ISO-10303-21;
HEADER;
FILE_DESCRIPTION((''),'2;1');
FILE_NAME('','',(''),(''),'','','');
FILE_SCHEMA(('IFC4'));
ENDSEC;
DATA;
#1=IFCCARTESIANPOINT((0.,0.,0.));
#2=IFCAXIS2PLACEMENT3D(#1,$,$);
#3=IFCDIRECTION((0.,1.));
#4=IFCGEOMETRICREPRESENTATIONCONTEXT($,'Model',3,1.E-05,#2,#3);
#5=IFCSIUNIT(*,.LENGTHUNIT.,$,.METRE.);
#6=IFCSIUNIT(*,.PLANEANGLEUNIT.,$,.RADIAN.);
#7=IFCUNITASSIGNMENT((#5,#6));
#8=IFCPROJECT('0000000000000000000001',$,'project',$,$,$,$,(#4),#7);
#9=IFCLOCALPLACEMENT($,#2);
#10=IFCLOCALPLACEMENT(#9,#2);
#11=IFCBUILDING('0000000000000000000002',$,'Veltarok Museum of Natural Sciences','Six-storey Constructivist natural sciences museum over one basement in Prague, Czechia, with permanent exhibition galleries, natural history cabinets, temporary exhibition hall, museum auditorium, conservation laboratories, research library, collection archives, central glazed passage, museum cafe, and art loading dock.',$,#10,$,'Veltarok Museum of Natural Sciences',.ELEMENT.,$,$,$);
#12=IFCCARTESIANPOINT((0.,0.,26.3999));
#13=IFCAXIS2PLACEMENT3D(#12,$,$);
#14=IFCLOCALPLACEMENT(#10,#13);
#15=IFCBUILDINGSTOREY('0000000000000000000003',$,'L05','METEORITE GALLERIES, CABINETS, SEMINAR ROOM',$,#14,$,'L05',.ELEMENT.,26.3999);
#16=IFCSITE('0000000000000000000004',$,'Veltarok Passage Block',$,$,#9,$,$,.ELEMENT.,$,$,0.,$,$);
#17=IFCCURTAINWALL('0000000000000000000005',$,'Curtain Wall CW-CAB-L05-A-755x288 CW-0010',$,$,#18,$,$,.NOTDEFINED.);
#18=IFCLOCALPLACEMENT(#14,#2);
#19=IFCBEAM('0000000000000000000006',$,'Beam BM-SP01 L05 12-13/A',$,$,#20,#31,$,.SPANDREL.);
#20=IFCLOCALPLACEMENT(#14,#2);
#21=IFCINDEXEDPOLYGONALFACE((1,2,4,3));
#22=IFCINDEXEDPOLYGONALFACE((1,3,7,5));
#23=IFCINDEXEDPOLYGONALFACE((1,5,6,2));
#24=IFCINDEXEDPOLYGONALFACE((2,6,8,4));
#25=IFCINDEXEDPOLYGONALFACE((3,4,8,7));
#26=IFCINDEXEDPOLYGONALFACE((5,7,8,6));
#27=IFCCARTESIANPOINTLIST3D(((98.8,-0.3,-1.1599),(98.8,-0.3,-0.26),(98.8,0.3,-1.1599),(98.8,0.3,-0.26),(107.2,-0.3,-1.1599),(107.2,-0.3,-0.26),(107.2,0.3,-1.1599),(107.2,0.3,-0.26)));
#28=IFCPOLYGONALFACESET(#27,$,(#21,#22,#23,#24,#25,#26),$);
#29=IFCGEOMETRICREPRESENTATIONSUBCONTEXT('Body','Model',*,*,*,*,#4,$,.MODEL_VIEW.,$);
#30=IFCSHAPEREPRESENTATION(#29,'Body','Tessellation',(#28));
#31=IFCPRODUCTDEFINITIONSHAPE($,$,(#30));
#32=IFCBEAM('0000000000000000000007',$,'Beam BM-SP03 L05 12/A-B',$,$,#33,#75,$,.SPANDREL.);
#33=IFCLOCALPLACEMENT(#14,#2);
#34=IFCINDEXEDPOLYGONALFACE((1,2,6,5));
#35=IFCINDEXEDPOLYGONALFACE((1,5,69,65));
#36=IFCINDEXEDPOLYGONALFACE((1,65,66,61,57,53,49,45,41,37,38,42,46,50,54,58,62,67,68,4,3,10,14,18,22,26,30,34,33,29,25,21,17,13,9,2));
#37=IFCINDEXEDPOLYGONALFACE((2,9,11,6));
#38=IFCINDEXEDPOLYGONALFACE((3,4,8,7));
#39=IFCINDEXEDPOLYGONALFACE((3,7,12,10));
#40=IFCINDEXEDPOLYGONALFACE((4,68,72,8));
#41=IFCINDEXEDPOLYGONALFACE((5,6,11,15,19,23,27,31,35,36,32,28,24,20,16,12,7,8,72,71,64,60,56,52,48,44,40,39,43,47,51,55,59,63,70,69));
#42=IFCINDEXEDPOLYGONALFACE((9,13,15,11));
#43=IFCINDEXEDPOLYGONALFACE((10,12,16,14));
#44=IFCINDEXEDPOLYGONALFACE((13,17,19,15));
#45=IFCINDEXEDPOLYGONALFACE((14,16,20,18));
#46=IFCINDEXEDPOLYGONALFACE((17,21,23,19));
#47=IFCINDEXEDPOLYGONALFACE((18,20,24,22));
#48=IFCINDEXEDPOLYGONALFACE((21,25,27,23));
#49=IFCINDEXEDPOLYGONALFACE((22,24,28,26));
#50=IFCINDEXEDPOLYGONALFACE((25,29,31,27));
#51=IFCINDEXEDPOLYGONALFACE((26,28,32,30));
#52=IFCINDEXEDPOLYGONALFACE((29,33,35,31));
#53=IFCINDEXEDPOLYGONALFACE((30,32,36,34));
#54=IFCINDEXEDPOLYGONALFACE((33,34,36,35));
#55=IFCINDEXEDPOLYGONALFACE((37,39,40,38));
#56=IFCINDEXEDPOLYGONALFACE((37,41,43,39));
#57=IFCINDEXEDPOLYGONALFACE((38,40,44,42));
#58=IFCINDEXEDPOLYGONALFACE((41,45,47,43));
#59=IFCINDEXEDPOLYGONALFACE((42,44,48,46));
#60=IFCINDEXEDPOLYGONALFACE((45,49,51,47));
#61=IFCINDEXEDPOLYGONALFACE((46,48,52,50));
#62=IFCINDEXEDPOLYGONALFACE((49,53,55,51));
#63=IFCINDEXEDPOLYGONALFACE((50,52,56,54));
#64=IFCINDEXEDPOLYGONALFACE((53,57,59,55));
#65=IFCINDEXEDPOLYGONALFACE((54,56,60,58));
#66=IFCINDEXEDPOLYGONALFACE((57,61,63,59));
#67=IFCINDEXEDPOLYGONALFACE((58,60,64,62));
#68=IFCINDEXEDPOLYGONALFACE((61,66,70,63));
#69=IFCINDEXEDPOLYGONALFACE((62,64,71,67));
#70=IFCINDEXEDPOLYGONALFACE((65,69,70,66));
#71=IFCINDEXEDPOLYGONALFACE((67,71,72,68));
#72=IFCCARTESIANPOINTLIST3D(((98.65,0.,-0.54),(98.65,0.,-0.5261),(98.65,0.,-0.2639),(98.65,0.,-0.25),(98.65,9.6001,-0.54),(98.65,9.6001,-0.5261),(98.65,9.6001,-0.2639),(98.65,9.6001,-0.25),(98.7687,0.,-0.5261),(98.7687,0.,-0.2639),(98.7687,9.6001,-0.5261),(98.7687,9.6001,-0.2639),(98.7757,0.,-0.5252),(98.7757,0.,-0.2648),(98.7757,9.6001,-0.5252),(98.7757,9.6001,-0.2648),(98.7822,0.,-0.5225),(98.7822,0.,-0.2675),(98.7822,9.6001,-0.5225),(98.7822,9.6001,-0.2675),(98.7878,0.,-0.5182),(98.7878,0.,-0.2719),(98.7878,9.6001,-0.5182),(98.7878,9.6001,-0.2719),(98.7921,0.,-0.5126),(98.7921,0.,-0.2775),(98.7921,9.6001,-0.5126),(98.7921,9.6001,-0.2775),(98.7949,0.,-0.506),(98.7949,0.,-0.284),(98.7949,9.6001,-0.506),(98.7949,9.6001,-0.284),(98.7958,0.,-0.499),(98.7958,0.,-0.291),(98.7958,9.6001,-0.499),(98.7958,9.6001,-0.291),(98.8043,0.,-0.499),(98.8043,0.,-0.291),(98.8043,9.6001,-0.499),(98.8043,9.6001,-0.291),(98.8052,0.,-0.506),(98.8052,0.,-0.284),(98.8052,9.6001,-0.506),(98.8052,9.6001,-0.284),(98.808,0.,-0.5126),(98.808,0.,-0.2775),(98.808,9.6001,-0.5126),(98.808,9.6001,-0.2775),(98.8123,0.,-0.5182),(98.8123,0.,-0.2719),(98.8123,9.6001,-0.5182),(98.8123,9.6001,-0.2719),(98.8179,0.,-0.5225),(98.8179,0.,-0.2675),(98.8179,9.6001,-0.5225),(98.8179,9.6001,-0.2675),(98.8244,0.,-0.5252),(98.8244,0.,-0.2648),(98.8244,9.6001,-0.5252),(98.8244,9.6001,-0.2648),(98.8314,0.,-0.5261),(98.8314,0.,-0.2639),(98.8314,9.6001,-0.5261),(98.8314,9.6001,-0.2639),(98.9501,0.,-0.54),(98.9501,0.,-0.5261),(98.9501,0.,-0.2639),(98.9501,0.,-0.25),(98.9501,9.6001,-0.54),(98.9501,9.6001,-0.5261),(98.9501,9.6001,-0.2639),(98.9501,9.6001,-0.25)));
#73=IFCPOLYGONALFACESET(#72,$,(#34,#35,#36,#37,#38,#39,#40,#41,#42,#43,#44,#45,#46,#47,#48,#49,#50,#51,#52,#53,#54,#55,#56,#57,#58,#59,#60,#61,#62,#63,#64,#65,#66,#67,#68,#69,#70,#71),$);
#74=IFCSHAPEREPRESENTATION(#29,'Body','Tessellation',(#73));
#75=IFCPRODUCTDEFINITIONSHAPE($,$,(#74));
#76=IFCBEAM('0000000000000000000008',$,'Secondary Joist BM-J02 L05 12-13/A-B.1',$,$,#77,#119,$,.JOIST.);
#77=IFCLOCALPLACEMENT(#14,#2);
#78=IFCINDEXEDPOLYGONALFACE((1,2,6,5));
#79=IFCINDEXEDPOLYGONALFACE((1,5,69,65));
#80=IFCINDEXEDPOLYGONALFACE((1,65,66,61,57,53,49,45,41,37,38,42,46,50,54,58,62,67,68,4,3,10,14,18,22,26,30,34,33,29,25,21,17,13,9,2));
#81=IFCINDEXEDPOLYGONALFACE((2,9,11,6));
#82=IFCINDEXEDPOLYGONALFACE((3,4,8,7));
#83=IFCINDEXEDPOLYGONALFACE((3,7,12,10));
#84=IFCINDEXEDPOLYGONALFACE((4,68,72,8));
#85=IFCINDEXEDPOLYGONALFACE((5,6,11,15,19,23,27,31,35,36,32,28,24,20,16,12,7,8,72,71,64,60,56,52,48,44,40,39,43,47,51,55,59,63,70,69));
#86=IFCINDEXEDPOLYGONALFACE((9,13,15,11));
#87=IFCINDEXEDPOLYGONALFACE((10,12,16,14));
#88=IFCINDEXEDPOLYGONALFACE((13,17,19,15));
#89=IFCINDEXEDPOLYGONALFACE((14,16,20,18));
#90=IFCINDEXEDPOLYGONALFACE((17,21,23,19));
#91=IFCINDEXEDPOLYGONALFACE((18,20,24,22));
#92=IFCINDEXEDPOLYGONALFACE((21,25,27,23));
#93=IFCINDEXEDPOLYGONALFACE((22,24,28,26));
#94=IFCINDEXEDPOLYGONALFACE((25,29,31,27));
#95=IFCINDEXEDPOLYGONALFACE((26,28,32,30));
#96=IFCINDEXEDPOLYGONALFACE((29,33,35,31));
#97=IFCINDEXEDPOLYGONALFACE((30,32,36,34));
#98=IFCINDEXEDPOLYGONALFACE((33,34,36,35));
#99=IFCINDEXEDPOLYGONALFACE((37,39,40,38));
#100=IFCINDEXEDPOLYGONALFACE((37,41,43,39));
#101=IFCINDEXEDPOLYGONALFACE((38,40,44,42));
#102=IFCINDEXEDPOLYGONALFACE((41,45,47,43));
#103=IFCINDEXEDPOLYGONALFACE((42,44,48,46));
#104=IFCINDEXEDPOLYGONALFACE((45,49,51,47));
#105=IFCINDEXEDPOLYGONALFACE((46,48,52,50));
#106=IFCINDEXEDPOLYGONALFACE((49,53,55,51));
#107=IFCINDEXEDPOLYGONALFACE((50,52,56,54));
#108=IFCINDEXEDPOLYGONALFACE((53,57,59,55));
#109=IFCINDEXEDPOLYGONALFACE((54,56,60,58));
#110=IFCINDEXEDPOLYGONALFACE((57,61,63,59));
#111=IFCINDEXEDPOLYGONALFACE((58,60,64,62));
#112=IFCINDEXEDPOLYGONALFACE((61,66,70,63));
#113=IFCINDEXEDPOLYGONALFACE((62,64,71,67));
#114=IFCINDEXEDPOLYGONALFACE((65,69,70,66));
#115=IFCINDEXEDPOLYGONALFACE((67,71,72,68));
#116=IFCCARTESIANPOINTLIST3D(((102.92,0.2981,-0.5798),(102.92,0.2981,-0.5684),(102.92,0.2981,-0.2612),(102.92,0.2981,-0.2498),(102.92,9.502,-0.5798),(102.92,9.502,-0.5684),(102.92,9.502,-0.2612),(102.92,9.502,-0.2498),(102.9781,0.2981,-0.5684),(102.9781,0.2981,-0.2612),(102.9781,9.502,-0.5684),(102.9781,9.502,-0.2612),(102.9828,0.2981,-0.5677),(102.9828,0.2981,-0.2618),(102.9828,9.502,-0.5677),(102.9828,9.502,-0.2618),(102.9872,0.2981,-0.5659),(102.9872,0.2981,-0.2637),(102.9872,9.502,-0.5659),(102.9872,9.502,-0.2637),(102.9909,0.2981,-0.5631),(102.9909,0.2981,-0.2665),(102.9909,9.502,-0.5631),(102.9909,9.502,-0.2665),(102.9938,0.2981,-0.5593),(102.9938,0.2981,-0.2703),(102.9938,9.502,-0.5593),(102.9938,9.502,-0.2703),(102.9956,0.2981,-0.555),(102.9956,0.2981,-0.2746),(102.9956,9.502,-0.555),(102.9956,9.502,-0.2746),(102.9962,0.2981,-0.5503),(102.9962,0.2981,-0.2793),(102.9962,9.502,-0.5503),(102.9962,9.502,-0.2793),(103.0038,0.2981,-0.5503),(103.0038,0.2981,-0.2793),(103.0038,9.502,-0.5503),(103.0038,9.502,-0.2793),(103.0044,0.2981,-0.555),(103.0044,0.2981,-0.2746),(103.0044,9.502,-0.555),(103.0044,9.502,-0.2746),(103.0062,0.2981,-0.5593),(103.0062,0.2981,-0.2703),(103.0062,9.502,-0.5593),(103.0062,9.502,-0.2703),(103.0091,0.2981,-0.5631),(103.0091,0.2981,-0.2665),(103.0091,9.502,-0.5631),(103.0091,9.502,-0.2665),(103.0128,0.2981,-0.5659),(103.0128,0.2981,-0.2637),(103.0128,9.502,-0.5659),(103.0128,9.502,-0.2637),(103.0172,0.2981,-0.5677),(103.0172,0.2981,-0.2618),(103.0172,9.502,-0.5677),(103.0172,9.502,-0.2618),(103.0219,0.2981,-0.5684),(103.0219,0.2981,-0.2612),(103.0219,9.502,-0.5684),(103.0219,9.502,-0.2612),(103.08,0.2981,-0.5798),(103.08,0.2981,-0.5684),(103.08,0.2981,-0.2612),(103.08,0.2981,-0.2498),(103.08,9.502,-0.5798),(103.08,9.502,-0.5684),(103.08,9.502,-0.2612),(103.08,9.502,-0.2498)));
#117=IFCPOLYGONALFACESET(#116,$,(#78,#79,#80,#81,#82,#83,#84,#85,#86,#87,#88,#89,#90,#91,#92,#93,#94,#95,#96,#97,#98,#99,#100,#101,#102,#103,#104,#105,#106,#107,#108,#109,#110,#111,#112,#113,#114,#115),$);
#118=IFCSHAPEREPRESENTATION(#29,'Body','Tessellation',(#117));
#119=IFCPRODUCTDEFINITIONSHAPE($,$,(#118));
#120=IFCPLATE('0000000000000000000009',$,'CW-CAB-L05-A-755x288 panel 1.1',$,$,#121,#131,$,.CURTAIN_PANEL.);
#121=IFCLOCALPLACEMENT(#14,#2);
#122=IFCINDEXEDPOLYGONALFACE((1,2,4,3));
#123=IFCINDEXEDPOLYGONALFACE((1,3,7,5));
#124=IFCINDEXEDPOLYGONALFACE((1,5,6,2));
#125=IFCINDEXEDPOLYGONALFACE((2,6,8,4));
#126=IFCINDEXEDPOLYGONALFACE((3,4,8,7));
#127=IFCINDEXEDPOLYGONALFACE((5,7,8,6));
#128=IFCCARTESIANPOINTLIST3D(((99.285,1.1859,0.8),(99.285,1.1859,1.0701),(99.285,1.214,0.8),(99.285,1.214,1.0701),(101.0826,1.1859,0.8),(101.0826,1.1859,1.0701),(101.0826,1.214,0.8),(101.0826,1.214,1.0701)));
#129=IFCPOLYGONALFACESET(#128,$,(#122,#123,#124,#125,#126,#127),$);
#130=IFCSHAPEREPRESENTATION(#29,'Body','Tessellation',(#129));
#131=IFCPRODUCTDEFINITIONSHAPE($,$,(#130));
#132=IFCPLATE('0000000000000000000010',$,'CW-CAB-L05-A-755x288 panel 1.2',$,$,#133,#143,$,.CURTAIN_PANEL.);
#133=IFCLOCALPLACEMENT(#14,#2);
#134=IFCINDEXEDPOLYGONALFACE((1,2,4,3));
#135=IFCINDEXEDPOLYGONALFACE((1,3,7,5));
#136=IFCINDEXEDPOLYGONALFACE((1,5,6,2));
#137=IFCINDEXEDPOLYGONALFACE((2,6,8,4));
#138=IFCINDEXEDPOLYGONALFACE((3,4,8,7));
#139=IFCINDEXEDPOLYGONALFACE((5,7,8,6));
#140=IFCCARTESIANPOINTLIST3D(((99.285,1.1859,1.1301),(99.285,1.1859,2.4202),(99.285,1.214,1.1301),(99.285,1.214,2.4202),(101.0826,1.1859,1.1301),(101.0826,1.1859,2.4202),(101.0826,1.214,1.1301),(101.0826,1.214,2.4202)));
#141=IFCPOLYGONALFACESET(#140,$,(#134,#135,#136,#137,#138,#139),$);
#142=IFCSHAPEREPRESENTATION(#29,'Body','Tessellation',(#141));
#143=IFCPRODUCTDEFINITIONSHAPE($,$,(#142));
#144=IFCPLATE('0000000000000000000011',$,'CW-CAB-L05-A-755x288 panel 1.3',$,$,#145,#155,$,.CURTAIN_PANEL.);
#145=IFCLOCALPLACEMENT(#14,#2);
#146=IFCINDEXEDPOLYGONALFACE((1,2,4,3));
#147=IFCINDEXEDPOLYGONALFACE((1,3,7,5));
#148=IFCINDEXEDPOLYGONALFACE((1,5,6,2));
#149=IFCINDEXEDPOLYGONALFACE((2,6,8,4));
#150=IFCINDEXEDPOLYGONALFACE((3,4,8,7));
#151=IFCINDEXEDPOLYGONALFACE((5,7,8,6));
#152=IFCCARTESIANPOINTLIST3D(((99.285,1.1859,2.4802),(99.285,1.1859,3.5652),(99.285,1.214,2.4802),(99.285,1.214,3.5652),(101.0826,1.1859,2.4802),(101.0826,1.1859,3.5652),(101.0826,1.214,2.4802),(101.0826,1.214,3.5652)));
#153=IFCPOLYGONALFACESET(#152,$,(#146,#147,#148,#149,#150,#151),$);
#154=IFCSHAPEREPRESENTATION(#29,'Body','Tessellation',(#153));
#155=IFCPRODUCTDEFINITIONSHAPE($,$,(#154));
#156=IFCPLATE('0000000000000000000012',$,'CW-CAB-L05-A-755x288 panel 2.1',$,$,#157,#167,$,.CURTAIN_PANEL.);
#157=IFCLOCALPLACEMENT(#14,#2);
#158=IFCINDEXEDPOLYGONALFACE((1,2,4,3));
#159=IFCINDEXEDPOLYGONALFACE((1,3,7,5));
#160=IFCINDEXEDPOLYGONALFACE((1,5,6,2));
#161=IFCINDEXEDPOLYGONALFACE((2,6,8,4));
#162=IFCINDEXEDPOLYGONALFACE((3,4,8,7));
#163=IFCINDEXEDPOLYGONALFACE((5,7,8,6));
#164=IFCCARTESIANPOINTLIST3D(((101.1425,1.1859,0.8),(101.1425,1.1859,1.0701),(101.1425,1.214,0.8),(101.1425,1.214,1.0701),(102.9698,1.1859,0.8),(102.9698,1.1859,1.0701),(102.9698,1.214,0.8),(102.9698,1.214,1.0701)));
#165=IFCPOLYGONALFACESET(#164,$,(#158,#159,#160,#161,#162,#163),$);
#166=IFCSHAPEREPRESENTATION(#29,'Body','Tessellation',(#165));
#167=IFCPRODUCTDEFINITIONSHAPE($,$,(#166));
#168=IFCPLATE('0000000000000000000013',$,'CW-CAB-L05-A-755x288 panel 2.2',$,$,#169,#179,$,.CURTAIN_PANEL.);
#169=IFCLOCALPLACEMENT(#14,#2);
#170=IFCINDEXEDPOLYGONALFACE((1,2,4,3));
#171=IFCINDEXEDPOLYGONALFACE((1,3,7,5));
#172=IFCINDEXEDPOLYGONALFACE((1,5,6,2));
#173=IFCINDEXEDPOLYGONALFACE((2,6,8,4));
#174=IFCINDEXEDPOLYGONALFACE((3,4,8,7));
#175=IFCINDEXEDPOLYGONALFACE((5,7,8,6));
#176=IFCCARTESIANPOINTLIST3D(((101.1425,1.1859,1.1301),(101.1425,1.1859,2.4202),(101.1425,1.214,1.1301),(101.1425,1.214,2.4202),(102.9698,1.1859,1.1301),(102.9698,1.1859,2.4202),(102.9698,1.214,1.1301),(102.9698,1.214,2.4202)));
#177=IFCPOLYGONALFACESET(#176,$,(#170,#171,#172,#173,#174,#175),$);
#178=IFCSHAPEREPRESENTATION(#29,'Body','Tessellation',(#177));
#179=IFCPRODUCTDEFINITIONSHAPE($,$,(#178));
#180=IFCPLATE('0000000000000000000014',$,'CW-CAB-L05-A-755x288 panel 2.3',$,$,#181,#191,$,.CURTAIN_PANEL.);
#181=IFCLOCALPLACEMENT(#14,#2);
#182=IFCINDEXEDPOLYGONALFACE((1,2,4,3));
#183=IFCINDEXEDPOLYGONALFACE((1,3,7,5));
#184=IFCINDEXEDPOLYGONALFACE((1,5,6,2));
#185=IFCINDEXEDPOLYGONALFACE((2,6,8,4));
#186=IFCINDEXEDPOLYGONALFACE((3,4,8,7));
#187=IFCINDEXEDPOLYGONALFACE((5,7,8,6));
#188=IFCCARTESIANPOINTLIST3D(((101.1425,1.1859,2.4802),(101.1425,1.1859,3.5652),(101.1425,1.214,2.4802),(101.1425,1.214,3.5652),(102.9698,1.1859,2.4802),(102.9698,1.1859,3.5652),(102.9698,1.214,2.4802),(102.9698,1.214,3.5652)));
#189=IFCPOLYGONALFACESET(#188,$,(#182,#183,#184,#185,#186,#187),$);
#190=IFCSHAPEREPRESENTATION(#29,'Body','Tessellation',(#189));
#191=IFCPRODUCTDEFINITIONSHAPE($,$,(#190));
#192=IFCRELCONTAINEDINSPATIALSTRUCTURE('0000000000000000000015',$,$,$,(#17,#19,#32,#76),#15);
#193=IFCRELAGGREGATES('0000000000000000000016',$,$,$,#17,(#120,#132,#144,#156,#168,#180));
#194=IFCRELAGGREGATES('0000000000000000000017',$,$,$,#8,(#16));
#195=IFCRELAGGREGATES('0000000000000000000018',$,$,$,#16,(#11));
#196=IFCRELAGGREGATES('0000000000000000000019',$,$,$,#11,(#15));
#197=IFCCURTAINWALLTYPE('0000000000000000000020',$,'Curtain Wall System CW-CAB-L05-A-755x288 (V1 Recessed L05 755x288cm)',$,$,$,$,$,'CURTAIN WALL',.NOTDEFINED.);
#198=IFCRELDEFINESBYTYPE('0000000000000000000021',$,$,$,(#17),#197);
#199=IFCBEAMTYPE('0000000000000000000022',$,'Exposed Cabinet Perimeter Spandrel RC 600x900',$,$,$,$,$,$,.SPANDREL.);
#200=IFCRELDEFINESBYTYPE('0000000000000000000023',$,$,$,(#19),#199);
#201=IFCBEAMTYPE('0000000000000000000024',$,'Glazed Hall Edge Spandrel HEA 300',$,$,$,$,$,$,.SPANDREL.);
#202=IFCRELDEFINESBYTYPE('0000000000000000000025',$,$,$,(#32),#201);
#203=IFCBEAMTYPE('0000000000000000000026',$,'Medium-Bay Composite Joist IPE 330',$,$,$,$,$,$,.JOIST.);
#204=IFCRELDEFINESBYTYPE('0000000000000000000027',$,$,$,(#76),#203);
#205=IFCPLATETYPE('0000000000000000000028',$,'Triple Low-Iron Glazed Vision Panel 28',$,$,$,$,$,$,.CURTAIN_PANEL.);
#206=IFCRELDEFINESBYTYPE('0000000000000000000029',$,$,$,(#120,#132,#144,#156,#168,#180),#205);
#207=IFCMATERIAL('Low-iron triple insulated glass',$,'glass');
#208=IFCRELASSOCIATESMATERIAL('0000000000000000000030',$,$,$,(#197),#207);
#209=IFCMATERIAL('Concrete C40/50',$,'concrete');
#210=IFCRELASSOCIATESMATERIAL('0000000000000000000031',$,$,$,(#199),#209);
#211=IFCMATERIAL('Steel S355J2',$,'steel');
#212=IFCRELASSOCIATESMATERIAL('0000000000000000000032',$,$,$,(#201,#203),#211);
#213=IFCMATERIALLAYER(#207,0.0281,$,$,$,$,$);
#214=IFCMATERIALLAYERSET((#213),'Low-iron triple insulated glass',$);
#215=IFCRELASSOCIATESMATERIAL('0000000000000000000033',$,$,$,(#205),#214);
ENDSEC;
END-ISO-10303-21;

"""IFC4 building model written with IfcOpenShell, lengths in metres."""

from ifc_helpers import new_model, si_unit, direction, frame, origin, origin_2d, place, context, subcontext, project, spatial, rectangle, i_section, extrude, material, layer, layer_set, material_profile, profile_set, type_object, element, aggregate, save


model = new_model("IFC4")

# Units and contexts
model_context = context("Model", 3, precision=1e-05, world=origin(), true_north=direction((0.0, 1.0)))
body_context = subcontext(model_context, "Body", "Model", "MODEL_VIEW")
ifc_project = project(units=[si_unit("LENGTHUNIT", "METRE"), si_unit("PLANEANGLEUNIT", "RADIAN")], contexts=[model_context])

# Site, building, storey
site_placement = place(None, origin())
site = spatial("IfcSite", under=ifc_project, at=site_placement, Name="Veltarok Passage Block", CompositionType="ELEMENT", RefElevation=0.0)
building_placement = place(site_placement, origin())
building = spatial("IfcBuilding", under=site, at=building_placement, Name="Veltarok Museum of Natural Sciences", Description="Six-storey Constructivist natural sciences museum over one basement in Prague, Czechia, with permanent exhibition galleries, natural history cabinets, temporary exhibition hall, museum auditorium, conservation laboratories, research library, collection archives, central glazed passage, museum cafe, and art loading dock.", LongName="Veltarok Museum of Natural Sciences", CompositionType="ELEMENT")
storey_placement = place(building_placement, frame((0.0, 0.0, 26.3999)))
storey = spatial("IfcBuildingStorey", under=building, at=storey_placement, Name="L05", Description="METEORITE GALLERIES, CABINETS, SEMINAR ROOM", LongName="L05", CompositionType="ELEMENT", Elevation=26.3999)

# Shared definitions
ifc_material_1 = material(Name="Concrete C40/50", Category="concrete")

# Curtain wall
ifc_material_2 = material(Name="Low-iron triple insulated glass", Category="glass")
curtain_wall_type = type_object("IfcCurtainWallType", Name="Curtain Wall System CW-CAB-L05-A-755x288 (V1 Recessed L05 755x288cm)", ElementType="CURTAIN WALL", PredefinedType="NOTDEFINED", material=ifc_material_2)
curtain_wall_placement = place(storey_placement, origin())
curtain_wall = element("IfcCurtainWall", 1, at=curtain_wall_placement, inside=storey, type_object=curtain_wall_type, Name="Curtain Wall CW-CAB-L05-A-755x288 CW-0010", PredefinedType="NOTDEFINED")

# Beams
ifc_material_profile_1 = material_profile(ifc_material_1, rectangle(XDim=0.6001, YDim=0.8999, at=origin_2d()), Name="RC 600x900")
ifc_profile_set_1 = profile_set([ifc_material_profile_1], Name="Concrete C40/50")
beam_type_1 = type_object("IfcBeamType", Name="Exposed Cabinet Perimeter Spandrel RC 600x900", PredefinedType="SPANDREL", material=ifc_profile_set_1)
beam_1_placement = place(storey_placement, frame((98.8, 0.0, -0.71), z_axis=(1.0, 0.0, 0.0), x_axis=(0.0, 1.0, 0.0)))
element("IfcBeam", 2, at=beam_1_placement, inside=storey, type_object=beam_type_1, Name="Beam BM-SP01 L05 12-13/A", PredefinedType="SPANDREL", context=body_context, shape_type="SweptSolid", body=[
    extrude(rectangle(XDim=0.6001, YDim=0.8999, at=origin_2d()), origin(), (0.0, 0.0, 1.0), 8.3999),
])
ifc_material_3 = material(Name="Steel S355J2", Category="steel")
ifc_material_profile_2 = material_profile(ifc_material_3, i_section(OverallWidth=0.3, OverallDepth=0.29, WebThickness=0.0085, FlangeThickness=0.0139, FilletRadius=0.0271, at=origin_2d()), Name="HEA 300")
ifc_profile_set_2 = profile_set([ifc_material_profile_2], Name="Steel S355J2")
beam_type_2 = type_object("IfcBeamType", Name="Glazed Hall Edge Spandrel HEA 300", PredefinedType="SPANDREL", material=ifc_profile_set_2)
beam_2_placement = place(storey_placement, frame((98.8, 0.0, -0.395), z_axis=(0.0, 1.0, 0.0), x_axis=(-1.0, 0.0, 0.0)))
element("IfcBeam", 3, at=beam_2_placement, inside=storey, type_object=beam_type_2, Name="Beam BM-SP03 L05 12/A-B", PredefinedType="SPANDREL", context=body_context, shape_type="SweptSolid", body=[
    extrude(i_section(OverallWidth=0.3, OverallDepth=0.29, WebThickness=0.0085, FlangeThickness=0.0139, FilletRadius=0.0271, at=origin_2d()), origin(), (0.0, 0.0, 1.0), 9.6001),
])
ifc_material_profile_3 = material_profile(ifc_material_3, i_section(OverallWidth=0.1599, OverallDepth=0.3301, WebThickness=0.0076, FlangeThickness=0.0115, FilletRadius=0.0181, at=origin_2d()), Name="IPE 330")
ifc_profile_set_3 = profile_set([ifc_material_profile_3], Name="Steel S355J2")
beam_type_3 = type_object("IfcBeamType", Name="Medium-Bay Composite Joist IPE 330", PredefinedType="JOIST", material=ifc_profile_set_3)
beam_3_placement = place(storey_placement, frame((103.0, 0.2981, -0.4148), z_axis=(0.0, 1.0, 0.0), x_axis=(-1.0, 0.0, 0.0)))
element("IfcBeam", 4, at=beam_3_placement, inside=storey, type_object=beam_type_3, Name="Secondary Joist BM-J02 L05 12-13/A-B.1", PredefinedType="JOIST", context=body_context, shape_type="SweptSolid", body=[
    extrude(i_section(OverallWidth=0.1599, OverallDepth=0.3301, WebThickness=0.0076, FlangeThickness=0.0115, FilletRadius=0.0181, at=origin_2d()), origin(), (0.0, 0.0, 1.0), 9.2039),
])

# Plates
ifc_layer_1 = layer(ifc_material_2, 0.0281)
ifc_layer_set_1 = layer_set([ifc_layer_1], Name="Low-iron triple insulated glass")
plate_type = type_object("IfcPlateType", Name="Triple Low-Iron Glazed Vision Panel 28", PredefinedType="CURTAIN_PANEL", material=ifc_layer_set_1)
plate_1_placement = place(storey_placement, frame((100.1838, 1.2, 0.8), z_axis=(0.0, 0.0, 1.0), x_axis=(1.0, 0.0, 0.0)))
plate_1 = element("IfcPlate", 5, at=plate_1_placement, type_object=plate_type, Name="CW-CAB-L05-A-755x288 panel 1.1", PredefinedType="CURTAIN_PANEL", context=body_context, shape_type="SweptSolid", body=[
    extrude(rectangle(XDim=1.7976, YDim=0.0281, at=origin_2d()), origin(), (0.0, 0.0, 1.0), 0.27),
])
plate_2_placement = place(storey_placement, frame((100.1838, 1.2, 1.1301), z_axis=(0.0, 0.0, 1.0), x_axis=(1.0, 0.0, 0.0)))
plate_2 = element("IfcPlate", 6, at=plate_2_placement, type_object=plate_type, Name="CW-CAB-L05-A-755x288 panel 1.2", PredefinedType="CURTAIN_PANEL", context=body_context, shape_type="SweptSolid", body=[
    extrude(rectangle(XDim=1.7976, YDim=0.0281, at=origin_2d()), origin(), (0.0, 0.0, 1.0), 1.29),
])
plate_3_placement = place(storey_placement, frame((100.1838, 1.2, 2.4802), z_axis=(0.0, 0.0, 1.0), x_axis=(1.0, 0.0, 0.0)))
plate_3 = element("IfcPlate", 7, at=plate_3_placement, type_object=plate_type, Name="CW-CAB-L05-A-755x288 panel 1.3", PredefinedType="CURTAIN_PANEL", context=body_context, shape_type="SweptSolid", body=[
    extrude(rectangle(XDim=1.7976, YDim=0.0281, at=origin_2d()), origin(), (0.0, 0.0, 1.0), 1.085),
])
plate_4_placement = place(storey_placement, frame((102.0562, 1.2, 0.8), z_axis=(0.0, 0.0, 1.0), x_axis=(1.0, 0.0, 0.0)))
plate_4 = element("IfcPlate", 8, at=plate_4_placement, type_object=plate_type, Name="CW-CAB-L05-A-755x288 panel 2.1", PredefinedType="CURTAIN_PANEL", context=body_context, shape_type="SweptSolid", body=[
    extrude(rectangle(XDim=1.8274, YDim=0.0281, at=origin_2d()), origin(), (0.0, 0.0, 1.0), 0.27),
])
plate_5_placement = place(storey_placement, frame((102.0562, 1.2, 1.1301), z_axis=(0.0, 0.0, 1.0), x_axis=(1.0, 0.0, 0.0)))
plate_5 = element("IfcPlate", 9, at=plate_5_placement, type_object=plate_type, Name="CW-CAB-L05-A-755x288 panel 2.2", PredefinedType="CURTAIN_PANEL", context=body_context, shape_type="SweptSolid", body=[
    extrude(rectangle(XDim=1.8274, YDim=0.0281, at=origin_2d()), origin(), (0.0, 0.0, 1.0), 1.29),
])
plate_6_placement = place(storey_placement, frame((102.0562, 1.2, 2.4802), z_axis=(0.0, 0.0, 1.0), x_axis=(1.0, 0.0, 0.0)))
plate_6 = element("IfcPlate", 10, at=plate_6_placement, type_object=plate_type, Name="CW-CAB-L05-A-755x288 panel 2.3", PredefinedType="CURTAIN_PANEL", context=body_context, shape_type="SweptSolid", body=[
    extrude(rectangle(XDim=1.8274, YDim=0.0281, at=origin_2d()), origin(), (0.0, 0.0, 1.0), 1.085),
])
aggregate(curtain_wall, [plate_1, plate_2, plate_3, plate_4, plate_5, plate_6])

save(model, "model.ifc")
